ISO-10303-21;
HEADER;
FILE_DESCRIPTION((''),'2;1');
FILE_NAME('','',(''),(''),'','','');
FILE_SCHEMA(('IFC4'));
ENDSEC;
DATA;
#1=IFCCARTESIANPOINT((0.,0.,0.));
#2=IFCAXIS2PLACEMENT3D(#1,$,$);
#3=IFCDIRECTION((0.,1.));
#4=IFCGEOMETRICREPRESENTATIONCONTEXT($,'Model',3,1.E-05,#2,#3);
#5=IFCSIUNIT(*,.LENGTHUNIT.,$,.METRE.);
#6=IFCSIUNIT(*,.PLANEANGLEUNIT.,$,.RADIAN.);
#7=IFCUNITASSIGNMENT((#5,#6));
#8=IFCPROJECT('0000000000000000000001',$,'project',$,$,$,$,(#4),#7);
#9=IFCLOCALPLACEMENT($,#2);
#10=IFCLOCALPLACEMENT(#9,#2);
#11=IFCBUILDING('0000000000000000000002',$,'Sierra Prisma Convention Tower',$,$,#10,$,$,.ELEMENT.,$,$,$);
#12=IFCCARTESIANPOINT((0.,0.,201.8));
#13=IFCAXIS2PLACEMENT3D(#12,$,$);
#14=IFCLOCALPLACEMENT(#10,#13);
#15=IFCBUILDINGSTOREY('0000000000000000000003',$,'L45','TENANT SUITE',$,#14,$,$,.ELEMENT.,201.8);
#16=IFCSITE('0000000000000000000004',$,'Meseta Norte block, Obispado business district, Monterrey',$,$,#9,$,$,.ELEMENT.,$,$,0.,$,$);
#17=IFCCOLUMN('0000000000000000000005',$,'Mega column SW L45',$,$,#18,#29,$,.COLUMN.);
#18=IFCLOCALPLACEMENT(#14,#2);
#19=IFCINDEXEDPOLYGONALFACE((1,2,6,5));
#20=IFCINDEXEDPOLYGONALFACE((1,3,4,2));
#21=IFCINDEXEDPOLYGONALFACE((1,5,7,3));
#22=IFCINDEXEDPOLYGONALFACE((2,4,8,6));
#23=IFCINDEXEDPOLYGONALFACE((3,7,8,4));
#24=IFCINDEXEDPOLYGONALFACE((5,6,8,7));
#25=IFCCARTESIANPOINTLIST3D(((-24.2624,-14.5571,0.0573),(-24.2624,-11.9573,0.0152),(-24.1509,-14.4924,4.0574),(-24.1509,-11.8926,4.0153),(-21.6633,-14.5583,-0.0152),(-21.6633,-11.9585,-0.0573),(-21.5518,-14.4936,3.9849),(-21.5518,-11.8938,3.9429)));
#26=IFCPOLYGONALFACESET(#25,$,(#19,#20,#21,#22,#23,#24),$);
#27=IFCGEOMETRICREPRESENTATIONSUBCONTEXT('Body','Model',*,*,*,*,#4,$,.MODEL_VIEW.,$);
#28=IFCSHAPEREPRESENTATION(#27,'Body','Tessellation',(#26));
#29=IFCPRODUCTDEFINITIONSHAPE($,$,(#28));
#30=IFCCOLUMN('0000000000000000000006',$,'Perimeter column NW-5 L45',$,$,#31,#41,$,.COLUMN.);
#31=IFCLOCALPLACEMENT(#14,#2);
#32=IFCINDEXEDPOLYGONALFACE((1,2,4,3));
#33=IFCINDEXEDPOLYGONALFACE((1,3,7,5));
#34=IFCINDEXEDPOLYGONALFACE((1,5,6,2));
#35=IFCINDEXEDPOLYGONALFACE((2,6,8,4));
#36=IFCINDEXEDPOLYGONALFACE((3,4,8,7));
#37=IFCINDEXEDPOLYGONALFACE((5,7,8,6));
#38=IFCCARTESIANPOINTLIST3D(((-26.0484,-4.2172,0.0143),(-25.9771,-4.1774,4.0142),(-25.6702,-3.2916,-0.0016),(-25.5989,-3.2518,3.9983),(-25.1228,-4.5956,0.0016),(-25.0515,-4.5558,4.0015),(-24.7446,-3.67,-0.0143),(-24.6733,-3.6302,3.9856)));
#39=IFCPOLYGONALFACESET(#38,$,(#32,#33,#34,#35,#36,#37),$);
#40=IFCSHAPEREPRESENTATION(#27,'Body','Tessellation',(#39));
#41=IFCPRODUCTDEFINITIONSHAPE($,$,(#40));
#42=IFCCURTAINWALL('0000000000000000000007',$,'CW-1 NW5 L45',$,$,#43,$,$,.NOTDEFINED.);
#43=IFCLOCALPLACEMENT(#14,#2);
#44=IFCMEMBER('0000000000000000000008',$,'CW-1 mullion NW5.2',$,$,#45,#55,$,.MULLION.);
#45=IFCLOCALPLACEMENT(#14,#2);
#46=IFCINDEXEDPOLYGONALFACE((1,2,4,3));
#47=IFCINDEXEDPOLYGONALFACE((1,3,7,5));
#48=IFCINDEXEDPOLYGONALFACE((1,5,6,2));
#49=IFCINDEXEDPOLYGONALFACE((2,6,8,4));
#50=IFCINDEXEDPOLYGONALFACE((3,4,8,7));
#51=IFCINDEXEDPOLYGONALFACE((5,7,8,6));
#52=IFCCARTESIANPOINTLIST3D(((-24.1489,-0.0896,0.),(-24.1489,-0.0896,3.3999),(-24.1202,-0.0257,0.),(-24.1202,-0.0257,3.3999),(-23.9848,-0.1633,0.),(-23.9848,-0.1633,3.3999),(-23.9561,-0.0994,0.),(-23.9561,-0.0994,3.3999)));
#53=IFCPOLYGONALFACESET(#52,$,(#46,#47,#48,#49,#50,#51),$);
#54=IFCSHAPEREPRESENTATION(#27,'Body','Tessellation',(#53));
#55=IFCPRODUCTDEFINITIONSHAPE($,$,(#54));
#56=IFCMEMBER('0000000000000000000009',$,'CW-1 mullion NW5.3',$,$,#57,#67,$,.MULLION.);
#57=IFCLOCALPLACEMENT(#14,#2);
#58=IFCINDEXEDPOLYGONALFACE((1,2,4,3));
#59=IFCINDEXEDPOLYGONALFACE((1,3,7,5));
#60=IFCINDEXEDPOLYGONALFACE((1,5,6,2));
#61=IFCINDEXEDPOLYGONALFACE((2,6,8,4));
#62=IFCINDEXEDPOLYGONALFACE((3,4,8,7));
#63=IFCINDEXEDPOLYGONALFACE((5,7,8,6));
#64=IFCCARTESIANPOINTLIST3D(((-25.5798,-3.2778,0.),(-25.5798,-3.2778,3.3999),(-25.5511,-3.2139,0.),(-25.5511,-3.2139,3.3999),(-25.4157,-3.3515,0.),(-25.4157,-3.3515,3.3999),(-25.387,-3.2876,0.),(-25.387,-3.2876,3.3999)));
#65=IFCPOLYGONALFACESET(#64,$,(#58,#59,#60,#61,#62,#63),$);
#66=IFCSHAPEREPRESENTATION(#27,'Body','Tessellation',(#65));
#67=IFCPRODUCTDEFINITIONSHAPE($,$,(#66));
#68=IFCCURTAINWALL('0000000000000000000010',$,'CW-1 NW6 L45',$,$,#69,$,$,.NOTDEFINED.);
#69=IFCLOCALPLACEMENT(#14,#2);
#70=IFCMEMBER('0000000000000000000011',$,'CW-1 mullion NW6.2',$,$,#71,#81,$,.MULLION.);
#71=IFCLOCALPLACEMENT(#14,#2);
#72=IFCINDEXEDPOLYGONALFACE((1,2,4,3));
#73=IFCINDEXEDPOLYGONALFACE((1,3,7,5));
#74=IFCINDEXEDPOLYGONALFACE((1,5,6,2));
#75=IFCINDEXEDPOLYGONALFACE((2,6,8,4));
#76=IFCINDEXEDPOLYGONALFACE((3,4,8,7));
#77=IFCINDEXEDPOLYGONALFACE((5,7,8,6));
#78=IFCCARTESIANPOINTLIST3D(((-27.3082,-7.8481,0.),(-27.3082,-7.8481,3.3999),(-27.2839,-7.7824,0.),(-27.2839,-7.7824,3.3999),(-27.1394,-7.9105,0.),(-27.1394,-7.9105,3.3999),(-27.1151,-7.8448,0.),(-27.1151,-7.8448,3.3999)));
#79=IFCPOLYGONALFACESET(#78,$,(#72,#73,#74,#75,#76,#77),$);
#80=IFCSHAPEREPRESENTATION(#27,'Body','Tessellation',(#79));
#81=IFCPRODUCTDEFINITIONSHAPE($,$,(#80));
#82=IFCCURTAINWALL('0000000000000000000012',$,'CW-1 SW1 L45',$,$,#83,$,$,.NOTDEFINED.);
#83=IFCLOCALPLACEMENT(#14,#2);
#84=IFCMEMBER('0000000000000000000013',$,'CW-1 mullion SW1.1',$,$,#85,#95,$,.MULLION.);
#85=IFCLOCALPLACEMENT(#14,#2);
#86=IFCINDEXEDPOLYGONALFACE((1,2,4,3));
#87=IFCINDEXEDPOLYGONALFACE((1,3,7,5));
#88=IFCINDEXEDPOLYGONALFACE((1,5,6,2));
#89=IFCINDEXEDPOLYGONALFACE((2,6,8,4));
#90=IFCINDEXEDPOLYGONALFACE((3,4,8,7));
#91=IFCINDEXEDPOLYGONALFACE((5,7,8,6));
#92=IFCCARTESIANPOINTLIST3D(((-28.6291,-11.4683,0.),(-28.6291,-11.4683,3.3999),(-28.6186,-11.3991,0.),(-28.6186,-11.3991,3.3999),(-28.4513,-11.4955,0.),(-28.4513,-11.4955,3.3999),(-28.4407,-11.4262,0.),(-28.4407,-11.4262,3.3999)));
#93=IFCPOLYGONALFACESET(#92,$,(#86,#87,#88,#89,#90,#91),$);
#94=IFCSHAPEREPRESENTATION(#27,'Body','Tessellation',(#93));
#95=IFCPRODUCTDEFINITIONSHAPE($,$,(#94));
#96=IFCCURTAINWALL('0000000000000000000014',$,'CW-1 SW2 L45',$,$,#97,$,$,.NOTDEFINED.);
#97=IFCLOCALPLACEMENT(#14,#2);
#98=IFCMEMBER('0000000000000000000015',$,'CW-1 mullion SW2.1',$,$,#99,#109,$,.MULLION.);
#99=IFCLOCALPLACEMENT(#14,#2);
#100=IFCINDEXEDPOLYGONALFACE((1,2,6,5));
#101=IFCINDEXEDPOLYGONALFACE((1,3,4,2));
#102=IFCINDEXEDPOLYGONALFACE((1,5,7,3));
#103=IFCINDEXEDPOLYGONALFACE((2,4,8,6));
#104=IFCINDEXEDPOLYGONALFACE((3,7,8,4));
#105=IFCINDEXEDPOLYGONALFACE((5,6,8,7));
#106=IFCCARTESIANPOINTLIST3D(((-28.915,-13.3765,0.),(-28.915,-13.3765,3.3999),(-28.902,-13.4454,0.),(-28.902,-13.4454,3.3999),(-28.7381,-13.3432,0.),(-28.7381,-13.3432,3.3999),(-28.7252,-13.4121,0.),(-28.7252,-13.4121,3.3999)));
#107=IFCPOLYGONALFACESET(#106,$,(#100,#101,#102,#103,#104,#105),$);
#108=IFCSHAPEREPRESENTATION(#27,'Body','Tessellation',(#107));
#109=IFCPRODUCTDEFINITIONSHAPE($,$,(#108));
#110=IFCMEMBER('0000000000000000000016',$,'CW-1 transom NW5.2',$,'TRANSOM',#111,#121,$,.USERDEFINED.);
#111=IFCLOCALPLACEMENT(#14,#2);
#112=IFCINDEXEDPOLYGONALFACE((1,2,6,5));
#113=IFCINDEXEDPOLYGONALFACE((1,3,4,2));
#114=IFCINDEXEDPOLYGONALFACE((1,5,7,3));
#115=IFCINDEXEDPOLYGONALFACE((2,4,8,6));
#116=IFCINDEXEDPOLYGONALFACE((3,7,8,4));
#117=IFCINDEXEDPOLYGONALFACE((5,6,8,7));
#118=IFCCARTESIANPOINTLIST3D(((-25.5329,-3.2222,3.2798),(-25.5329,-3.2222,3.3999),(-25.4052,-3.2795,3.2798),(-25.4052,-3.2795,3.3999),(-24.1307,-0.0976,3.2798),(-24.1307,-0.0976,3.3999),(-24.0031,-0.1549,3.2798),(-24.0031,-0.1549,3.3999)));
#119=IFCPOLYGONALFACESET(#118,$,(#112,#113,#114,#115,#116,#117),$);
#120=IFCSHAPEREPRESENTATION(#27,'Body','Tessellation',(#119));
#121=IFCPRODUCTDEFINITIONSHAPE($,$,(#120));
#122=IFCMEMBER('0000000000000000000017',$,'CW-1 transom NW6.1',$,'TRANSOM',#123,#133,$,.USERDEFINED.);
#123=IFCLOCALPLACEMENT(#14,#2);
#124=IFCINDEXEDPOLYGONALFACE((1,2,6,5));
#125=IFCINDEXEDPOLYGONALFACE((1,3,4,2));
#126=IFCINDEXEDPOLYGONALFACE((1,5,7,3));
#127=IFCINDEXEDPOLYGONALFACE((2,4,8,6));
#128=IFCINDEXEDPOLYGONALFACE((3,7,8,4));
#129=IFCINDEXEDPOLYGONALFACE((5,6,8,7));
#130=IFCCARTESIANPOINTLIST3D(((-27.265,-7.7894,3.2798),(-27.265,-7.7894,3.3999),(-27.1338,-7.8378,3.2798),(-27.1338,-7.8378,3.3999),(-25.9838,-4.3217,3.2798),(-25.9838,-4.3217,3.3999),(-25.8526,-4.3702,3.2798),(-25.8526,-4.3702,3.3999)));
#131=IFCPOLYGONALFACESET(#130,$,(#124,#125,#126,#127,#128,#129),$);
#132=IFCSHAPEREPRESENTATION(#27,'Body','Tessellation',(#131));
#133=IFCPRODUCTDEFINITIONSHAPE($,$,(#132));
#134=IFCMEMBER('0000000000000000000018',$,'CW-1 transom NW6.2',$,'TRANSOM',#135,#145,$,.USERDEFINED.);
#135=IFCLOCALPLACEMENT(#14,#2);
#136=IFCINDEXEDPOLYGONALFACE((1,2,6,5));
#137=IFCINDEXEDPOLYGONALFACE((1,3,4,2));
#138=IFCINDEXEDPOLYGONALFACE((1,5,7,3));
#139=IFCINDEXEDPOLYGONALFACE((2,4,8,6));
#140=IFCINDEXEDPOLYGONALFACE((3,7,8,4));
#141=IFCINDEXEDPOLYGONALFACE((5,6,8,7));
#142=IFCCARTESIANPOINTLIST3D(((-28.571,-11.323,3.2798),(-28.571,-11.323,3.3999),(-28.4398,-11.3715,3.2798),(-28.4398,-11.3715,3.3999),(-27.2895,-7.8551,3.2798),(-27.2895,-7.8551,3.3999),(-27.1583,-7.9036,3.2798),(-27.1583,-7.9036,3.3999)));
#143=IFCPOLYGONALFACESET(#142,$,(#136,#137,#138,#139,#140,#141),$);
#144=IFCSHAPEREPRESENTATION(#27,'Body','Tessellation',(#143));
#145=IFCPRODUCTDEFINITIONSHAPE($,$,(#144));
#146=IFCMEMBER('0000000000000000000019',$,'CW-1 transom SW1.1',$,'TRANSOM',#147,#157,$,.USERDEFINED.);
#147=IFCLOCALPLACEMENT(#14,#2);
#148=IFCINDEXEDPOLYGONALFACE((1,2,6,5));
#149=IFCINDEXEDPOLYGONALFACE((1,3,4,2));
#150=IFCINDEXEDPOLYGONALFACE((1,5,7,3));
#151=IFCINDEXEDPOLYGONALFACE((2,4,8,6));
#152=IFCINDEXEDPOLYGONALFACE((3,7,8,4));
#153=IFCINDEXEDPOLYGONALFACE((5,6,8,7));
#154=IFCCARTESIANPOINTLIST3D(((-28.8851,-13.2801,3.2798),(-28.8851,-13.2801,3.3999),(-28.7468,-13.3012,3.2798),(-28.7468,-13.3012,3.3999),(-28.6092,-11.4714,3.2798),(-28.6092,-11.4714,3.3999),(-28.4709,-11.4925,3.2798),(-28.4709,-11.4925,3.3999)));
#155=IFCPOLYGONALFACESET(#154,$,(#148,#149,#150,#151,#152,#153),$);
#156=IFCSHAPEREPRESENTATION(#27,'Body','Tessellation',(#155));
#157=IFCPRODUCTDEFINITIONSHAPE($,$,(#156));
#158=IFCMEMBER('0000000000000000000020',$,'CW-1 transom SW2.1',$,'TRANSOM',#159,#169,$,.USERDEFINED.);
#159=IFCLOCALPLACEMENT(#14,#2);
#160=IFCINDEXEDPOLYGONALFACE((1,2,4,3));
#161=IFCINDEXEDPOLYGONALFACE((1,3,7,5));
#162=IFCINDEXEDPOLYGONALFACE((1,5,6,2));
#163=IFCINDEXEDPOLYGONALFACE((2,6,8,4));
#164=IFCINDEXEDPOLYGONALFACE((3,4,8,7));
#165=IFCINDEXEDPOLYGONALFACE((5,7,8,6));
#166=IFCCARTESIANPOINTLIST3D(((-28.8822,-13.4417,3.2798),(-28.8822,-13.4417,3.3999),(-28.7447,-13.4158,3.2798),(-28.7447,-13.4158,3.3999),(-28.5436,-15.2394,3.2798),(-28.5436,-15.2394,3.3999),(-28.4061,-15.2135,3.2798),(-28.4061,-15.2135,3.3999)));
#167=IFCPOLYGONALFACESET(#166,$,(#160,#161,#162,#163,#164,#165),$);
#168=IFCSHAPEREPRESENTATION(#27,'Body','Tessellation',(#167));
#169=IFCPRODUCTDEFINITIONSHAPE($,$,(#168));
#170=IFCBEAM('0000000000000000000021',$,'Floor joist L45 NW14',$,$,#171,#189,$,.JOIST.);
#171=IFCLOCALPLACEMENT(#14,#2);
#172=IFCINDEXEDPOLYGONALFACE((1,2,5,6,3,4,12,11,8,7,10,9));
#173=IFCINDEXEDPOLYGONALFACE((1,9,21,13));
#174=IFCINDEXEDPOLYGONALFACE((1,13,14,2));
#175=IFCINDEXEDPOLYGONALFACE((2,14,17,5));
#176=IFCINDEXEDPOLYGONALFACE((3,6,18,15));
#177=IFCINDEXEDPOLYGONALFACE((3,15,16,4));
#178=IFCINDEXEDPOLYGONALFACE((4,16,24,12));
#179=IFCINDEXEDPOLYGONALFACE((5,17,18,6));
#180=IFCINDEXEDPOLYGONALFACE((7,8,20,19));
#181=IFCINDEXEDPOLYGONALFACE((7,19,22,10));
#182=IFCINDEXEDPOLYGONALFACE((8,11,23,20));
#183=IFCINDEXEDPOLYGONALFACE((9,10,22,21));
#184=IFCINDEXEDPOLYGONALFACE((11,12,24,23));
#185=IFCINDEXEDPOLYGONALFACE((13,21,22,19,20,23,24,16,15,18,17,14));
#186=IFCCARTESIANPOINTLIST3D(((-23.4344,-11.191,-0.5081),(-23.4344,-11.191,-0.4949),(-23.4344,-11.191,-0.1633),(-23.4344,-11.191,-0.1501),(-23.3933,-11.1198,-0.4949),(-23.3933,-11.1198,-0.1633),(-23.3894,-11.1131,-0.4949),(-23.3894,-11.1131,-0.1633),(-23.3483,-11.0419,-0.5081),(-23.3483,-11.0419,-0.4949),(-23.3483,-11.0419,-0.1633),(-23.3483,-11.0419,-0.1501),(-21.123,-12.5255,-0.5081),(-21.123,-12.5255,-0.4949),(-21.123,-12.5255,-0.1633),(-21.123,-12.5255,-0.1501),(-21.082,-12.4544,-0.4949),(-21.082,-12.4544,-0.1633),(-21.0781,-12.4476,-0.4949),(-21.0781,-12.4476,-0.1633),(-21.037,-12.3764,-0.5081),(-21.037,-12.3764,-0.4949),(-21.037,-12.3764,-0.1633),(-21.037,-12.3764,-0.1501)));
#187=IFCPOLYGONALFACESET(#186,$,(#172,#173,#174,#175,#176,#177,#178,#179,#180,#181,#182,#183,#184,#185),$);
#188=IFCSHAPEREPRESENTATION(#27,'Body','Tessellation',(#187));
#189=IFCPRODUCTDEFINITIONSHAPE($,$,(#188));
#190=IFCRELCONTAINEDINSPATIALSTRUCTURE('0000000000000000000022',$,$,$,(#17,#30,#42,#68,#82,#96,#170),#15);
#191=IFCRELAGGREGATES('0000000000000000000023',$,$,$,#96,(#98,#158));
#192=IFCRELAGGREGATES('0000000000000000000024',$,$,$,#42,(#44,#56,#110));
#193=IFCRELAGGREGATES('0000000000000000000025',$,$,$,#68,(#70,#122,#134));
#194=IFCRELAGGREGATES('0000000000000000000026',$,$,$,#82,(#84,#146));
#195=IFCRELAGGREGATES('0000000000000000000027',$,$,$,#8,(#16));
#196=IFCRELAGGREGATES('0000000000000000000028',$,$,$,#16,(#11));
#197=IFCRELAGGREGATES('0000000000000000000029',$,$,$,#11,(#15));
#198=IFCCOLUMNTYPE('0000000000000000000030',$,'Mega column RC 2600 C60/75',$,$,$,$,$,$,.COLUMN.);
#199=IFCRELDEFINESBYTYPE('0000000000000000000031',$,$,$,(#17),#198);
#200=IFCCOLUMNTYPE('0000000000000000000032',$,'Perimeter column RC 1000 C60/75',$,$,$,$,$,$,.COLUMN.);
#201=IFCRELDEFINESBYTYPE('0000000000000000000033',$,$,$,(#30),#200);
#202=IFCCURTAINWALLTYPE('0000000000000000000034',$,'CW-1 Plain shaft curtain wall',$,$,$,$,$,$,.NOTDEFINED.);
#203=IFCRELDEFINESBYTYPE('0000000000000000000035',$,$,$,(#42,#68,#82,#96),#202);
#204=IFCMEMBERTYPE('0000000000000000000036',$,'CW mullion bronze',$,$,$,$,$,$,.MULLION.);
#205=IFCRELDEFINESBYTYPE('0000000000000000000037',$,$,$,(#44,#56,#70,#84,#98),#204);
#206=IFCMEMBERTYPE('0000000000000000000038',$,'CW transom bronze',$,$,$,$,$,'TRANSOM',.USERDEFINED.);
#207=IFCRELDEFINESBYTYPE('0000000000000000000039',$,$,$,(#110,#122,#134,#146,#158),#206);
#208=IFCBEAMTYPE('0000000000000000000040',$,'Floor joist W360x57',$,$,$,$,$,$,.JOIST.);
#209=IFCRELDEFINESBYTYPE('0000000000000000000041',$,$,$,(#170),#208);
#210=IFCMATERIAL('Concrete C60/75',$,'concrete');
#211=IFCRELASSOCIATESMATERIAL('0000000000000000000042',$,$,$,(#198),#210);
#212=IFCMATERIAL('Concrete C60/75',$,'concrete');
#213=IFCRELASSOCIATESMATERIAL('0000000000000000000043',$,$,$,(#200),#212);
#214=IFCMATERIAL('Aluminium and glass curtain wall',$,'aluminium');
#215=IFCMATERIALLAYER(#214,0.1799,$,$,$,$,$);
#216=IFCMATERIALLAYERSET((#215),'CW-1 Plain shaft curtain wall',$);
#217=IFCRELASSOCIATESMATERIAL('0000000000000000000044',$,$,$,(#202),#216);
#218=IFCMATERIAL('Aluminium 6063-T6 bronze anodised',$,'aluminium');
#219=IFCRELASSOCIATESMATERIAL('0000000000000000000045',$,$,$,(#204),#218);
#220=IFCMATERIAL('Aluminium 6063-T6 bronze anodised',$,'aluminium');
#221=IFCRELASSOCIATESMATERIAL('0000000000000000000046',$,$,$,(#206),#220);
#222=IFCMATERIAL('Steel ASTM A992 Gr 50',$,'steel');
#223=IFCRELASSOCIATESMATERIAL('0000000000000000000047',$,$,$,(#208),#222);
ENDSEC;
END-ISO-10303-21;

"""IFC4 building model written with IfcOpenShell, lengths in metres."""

from ifc_helpers import new_model, si_unit, direction, frame, origin, origin_2d, place, context, subcontext, project, spatial, rectangle, i_section, extrude, material, layer, layer_set, material_profile, profile_set, type_object, element, aggregate, save


model = new_model("IFC4")

# Units and contexts
model_context = context("Model", 3, precision=1e-05, world=origin(), true_north=direction((0.0, 1.0)))
body_context = subcontext(model_context, "Body", "Model", "MODEL_VIEW")
ifc_project = project(units=[si_unit("LENGTHUNIT", "METRE"), si_unit("PLANEANGLEUNIT", "RADIAN")], contexts=[model_context])

# Site, building, storey
site_placement = place(None, origin())
site = spatial("IfcSite", under=ifc_project, at=site_placement, Name="Meseta Norte block, Obispado business district, Monterrey", CompositionType="ELEMENT", RefElevation=0.0)
building_placement = place(site_placement, origin())
building = spatial("IfcBuilding", under=site, at=building_placement, Name="Sierra Prisma Convention Tower", CompositionType="ELEMENT")
storey_placement = place(building_placement, frame((0.0, 0.0, 201.8)))
storey = spatial("IfcBuildingStorey", under=building, at=storey_placement, Name="L45", Description="TENANT SUITE", CompositionType="ELEMENT", Elevation=201.8)

# Columns
ifc_material_1 = material(Name="Concrete C60/75", Category="concrete")
ifc_material_profile_1 = material_profile(ifc_material_1, rectangle(XDim=2.6001, YDim=2.6001, at=origin_2d()), Name="Mega column RC 2600 C60/75")
ifc_profile_set_1 = profile_set([ifc_material_profile_1], Name="Concrete C60/75")
column_type_1 = type_object("IfcColumnType", Name="Mega column RC 2600 C60/75", PredefinedType="COLUMN", material=ifc_profile_set_1)
column_1_placement = place(storey_placement, frame((-22.9629, -13.2578, 0.0), z_axis=(0.027879, 0.016166, 0.999481), x_axis=(0.999611, -0.000451, -0.027875)))
element("IfcColumn", 1, at=column_1_placement, inside=storey, type_object=column_type_1, Name="Mega column SW L45", PredefinedType="COLUMN", context=body_context, shape_type="SweptSolid", body=[
    extrude(rectangle(XDim=2.6001, YDim=2.6001, at=origin_2d()), origin(), (0.0, 0.0, 1.0), 4.0022),
])
ifc_material_2 = material(Name="Concrete C60/75", Category="concrete")
ifc_material_profile_2 = material_profile(ifc_material_2, rectangle(XDim=1.0, YDim=1.0, at=origin_2d()), Name="Perimeter column RC 1000 C60/75")
ifc_profile_set_2 = profile_set([ifc_material_profile_2], Name="Concrete C60/75")
column_type_2 = type_object("IfcColumnType", Name="Perimeter column RC 1000 C60/75", PredefinedType="COLUMN", material=ifc_profile_set_2)
column_2_placement = place(storey_placement, frame((-25.3965, -3.9436, 0.0), z_axis=(0.017819, 0.009947, 0.999792), x_axis=(0.378186, 0.925592, -0.015949)))
element("IfcColumn", 2, at=column_2_placement, inside=storey, type_object=column_type_2, Name="Perimeter column NW-5 L45", PredefinedType="COLUMN", context=body_context, shape_type="SweptSolid", body=[
    extrude(rectangle(XDim=1.0, YDim=1.0, at=origin_2d()), origin(), (0.0, 0.0, 1.0), 4.0007),
])

# Curtain wall, members
ifc_material_3 = material(Name="Aluminium and glass curtain wall", Category="aluminium")
ifc_layer_1 = layer(ifc_material_3, 0.1799)
ifc_layer_set_1 = layer_set([ifc_layer_1], Name="CW-1 Plain shaft curtain wall")
curtain_wall_type = type_object("IfcCurtainWallType", Name="CW-1 Plain shaft curtain wall", PredefinedType="NOTDEFINED", material=ifc_layer_set_1)
curtain_wall_1_placement = place(storey_placement, origin())
curtain_wall_1 = element("IfcCurtainWall", 3, at=curtain_wall_1_placement, inside=storey, type_object=curtain_wall_type, Name="CW-1 NW5 L45", PredefinedType="NOTDEFINED")
ifc_material_4 = material(Name="Aluminium 6063-T6 bronze anodised", Category="aluminium")
ifc_material_profile_3 = material_profile(ifc_material_4, rectangle(XDim=0.1799, YDim=0.0701, at=origin_2d()), Name="ALU MULLION 70x180")
ifc_profile_set_3 = profile_set([ifc_material_profile_3], Name="Aluminium 6063-T6 bronze anodised")
member_type_1 = type_object("IfcMemberType", Name="CW mullion bronze", PredefinedType="MULLION", material=ifc_profile_set_3)
member_1_placement = place(storey_placement, frame((-24.0525, -0.0945, 0.0), z_axis=(0.0, 0.0, 1.0), x_axis=(0.912343, -0.409426, 0.0)))
member_1 = element("IfcMember", 4, at=member_1_placement, type_object=member_type_1, Name="CW-1 mullion NW5.2", PredefinedType="MULLION", context=body_context, shape_type="SweptSolid", body=[
    extrude(rectangle(XDim=0.1799, YDim=0.0701, at=origin_2d()), origin(), (0.0, 0.0, 1.0), 3.3999),
])
member_2_placement = place(storey_placement, frame((-25.4834, -3.2827, 0.0), z_axis=(0.0, 0.0, 1.0), x_axis=(0.912343, -0.409426, 0.0)))
member_2 = element("IfcMember", 5, at=member_2_placement, type_object=member_type_1, Name="CW-1 mullion NW5.3", PredefinedType="MULLION", context=body_context, shape_type="SweptSolid", body=[
    extrude(rectangle(XDim=0.1799, YDim=0.0701, at=origin_2d()), origin(), (0.0, 0.0, 1.0), 3.3999),
])

# Curtain walls, members
curtain_wall_2_placement = place(storey_placement, origin())
curtain_wall_2 = element("IfcCurtainWall", 6, at=curtain_wall_2_placement, inside=storey, type_object=curtain_wall_type, Name="CW-1 NW6 L45", PredefinedType="NOTDEFINED")
member_3_placement = place(storey_placement, frame((-27.2117, -7.8464, 0.0), z_axis=(0.0, 0.0, 1.0), x_axis=(0.938002, -0.34663, 0.0)))
member_3 = element("IfcMember", 7, at=member_3_placement, type_object=member_type_1, Name="CW-1 mullion NW6.2", PredefinedType="MULLION", context=body_context, shape_type="SweptSolid", body=[
    extrude(rectangle(XDim=0.1799, YDim=0.0701, at=origin_2d()), origin(), (0.0, 0.0, 1.0), 3.3999),
])
curtain_wall_3_placement = place(storey_placement, origin())
curtain_wall_3 = element("IfcCurtainWall", 8, at=curtain_wall_3_placement, inside=storey, type_object=curtain_wall_type, Name="CW-1 SW1 L45", PredefinedType="NOTDEFINED")
member_4_placement = place(storey_placement, frame((-28.5349, -11.4473, 0.0), z_axis=(0.0, 0.0, 1.0), x_axis=(0.988573, -0.150745, 0.0)))
member_4 = element("IfcMember", 9, at=member_4_placement, type_object=member_type_1, Name="CW-1 mullion SW1.1", PredefinedType="MULLION", context=body_context, shape_type="SweptSolid", body=[
    extrude(rectangle(XDim=0.1799, YDim=0.0701, at=origin_2d()), origin(), (0.0, 0.0, 1.0), 3.3999),
])
curtain_wall_4_placement = place(storey_placement, origin())
curtain_wall_4 = element("IfcCurtainWall", 10, at=curtain_wall_4_placement, inside=storey, type_object=curtain_wall_type, Name="CW-1 SW2 L45", PredefinedType="NOTDEFINED")
member_5_placement = place(storey_placement, frame((-28.8201, -13.3943, 0.0), z_axis=(0.0, 0.0, 1.0), x_axis=(0.982726, 0.185066, 0.0)))
member_5 = element("IfcMember", 11, at=member_5_placement, type_object=member_type_1, Name="CW-1 mullion SW2.1", PredefinedType="MULLION", context=body_context, shape_type="SweptSolid", body=[
    extrude(rectangle(XDim=0.1799, YDim=0.0701, at=origin_2d()), origin(), (0.0, 0.0, 1.0), 3.3999),
])

# Members
ifc_material_5 = material(Name="Aluminium 6063-T6 bronze anodised", Category="aluminium")
ifc_material_profile_4 = material_profile(ifc_material_5, rectangle(XDim=0.1399, YDim=0.1201, at=origin_2d()), Name="ALU TRANSOM 120x140")
ifc_profile_set_4 = profile_set([ifc_material_profile_4], Name="Aluminium 6063-T6 bronze anodised")
member_type_2 = type_object("IfcMemberType", Name="CW transom bronze", ElementType="TRANSOM", PredefinedType="USERDEFINED", material=ifc_profile_set_4)
member_6_placement = place(storey_placement, frame((-24.0669, -0.1262, 3.3398), z_axis=(-0.40941, -0.912351, 0.0), x_axis=(0.912351, -0.40941, 0.0)))
member_6 = element("IfcMember", 12, at=member_6_placement, type_object=member_type_2, Name="CW-1 transom NW5.2", ObjectType="TRANSOM", PredefinedType="USERDEFINED", context=body_context, shape_type="SweptSolid", body=[
    extrude(rectangle(XDim=0.1399, YDim=0.1201, at=origin_2d()), origin(), (0.0, 0.0, 1.0), 3.4248),
])
member_7_placement = place(storey_placement, frame((-25.9182, -4.3459, 3.3398), z_axis=(-0.346574, -0.938023, 0.0), x_axis=(0.938023, -0.346574, 0.0)))
member_7 = element("IfcMember", 13, at=member_7_placement, type_object=member_type_2, Name="CW-1 transom NW6.1", ObjectType="TRANSOM", PredefinedType="USERDEFINED", context=body_context, shape_type="SweptSolid", body=[
    extrude(rectangle(XDim=0.1399, YDim=0.1201, at=origin_2d()), origin(), (0.0, 0.0, 1.0), 3.6968),
])
member_8_placement = place(storey_placement, frame((-27.2239, -7.8794, 3.3398), z_axis=(-0.346632, -0.938001, 0.0), x_axis=(0.938001, -0.346632, 0.0)))
member_8 = element("IfcMember", 14, at=member_8_placement, type_object=member_type_2, Name="CW-1 transom NW6.2", ObjectType="TRANSOM", PredefinedType="USERDEFINED", context=body_context, shape_type="SweptSolid", body=[
    extrude(rectangle(XDim=0.1399, YDim=0.1201, at=origin_2d()), origin(), (0.0, 0.0, 1.0), 3.697),
])
member_9_placement = place(storey_placement, frame((-28.54, -11.4819, 3.3398), z_axis=(-0.150794, -0.988565, 0.0), x_axis=(0.988565, -0.150794, 0.0)))
member_9 = element("IfcMember", 15, at=member_9_placement, type_object=member_type_2, Name="CW-1 transom SW1.1", ObjectType="TRANSOM", PredefinedType="USERDEFINED", context=body_context, shape_type="SweptSolid", body=[
    extrude(rectangle(XDim=0.1399, YDim=0.1201, at=origin_2d()), origin(), (0.0, 0.0, 1.0), 1.8296),
])
member_10_placement = place(storey_placement, frame((-28.8135, -13.4287, 3.3398), z_axis=(0.185094, -0.982721, 0.0), x_axis=(0.982721, 0.185094, 0.0)))
member_10 = element("IfcMember", 16, at=member_10_placement, type_object=member_type_2, Name="CW-1 transom SW2.1", ObjectType="TRANSOM", PredefinedType="USERDEFINED", context=body_context, shape_type="SweptSolid", body=[
    extrude(rectangle(XDim=0.1399, YDim=0.1201, at=origin_2d()), origin(), (0.0, 0.0, 1.0), 1.8293),
])
aggregate(curtain_wall_4, [member_5, member_10])

# Beam
ifc_material_6 = material(Name="Steel ASTM A992 Gr 50", Category="steel")
ifc_material_profile_5 = material_profile(ifc_material_6, i_section(OverallWidth=0.1721, OverallDepth=0.3579, WebThickness=0.0078, FlangeThickness=0.0132, at=origin_2d()), Name="W360x57")
ifc_profile_set_5 = profile_set([ifc_material_profile_5], Name="Steel ASTM A992 Gr 50")
beam_type_1 = type_object("IfcBeamType", Name="Floor joist W360x57", PredefinedType="JOIST", material=ifc_profile_set_5)
beam_1_placement = place(storey_placement, frame((-23.3914, -11.1165, -0.3291), z_axis=(0.866016, -0.500015, 0.0), x_axis=(0.500015, 0.866016, 0.0)))
element("IfcBeam", 17, at=beam_1_placement, inside=storey, type_object=beam_type_1, Name="Floor joist L45 NW14", PredefinedType="JOIST", context=body_context, shape_type="SweptSolid", body=[
    extrude(i_section(OverallWidth=0.1721, OverallDepth=0.3579, WebThickness=0.0078, FlangeThickness=0.0132, at=origin_2d()), origin(), (0.0, 0.0, 1.0), 2.6689),
])

aggregate(curtain_wall_1, [member_1, member_2, member_6])
aggregate(curtain_wall_2, [member_3, member_7, member_8])
aggregate(curtain_wall_3, [member_4, member_9])

save(model, "model.ifc")
